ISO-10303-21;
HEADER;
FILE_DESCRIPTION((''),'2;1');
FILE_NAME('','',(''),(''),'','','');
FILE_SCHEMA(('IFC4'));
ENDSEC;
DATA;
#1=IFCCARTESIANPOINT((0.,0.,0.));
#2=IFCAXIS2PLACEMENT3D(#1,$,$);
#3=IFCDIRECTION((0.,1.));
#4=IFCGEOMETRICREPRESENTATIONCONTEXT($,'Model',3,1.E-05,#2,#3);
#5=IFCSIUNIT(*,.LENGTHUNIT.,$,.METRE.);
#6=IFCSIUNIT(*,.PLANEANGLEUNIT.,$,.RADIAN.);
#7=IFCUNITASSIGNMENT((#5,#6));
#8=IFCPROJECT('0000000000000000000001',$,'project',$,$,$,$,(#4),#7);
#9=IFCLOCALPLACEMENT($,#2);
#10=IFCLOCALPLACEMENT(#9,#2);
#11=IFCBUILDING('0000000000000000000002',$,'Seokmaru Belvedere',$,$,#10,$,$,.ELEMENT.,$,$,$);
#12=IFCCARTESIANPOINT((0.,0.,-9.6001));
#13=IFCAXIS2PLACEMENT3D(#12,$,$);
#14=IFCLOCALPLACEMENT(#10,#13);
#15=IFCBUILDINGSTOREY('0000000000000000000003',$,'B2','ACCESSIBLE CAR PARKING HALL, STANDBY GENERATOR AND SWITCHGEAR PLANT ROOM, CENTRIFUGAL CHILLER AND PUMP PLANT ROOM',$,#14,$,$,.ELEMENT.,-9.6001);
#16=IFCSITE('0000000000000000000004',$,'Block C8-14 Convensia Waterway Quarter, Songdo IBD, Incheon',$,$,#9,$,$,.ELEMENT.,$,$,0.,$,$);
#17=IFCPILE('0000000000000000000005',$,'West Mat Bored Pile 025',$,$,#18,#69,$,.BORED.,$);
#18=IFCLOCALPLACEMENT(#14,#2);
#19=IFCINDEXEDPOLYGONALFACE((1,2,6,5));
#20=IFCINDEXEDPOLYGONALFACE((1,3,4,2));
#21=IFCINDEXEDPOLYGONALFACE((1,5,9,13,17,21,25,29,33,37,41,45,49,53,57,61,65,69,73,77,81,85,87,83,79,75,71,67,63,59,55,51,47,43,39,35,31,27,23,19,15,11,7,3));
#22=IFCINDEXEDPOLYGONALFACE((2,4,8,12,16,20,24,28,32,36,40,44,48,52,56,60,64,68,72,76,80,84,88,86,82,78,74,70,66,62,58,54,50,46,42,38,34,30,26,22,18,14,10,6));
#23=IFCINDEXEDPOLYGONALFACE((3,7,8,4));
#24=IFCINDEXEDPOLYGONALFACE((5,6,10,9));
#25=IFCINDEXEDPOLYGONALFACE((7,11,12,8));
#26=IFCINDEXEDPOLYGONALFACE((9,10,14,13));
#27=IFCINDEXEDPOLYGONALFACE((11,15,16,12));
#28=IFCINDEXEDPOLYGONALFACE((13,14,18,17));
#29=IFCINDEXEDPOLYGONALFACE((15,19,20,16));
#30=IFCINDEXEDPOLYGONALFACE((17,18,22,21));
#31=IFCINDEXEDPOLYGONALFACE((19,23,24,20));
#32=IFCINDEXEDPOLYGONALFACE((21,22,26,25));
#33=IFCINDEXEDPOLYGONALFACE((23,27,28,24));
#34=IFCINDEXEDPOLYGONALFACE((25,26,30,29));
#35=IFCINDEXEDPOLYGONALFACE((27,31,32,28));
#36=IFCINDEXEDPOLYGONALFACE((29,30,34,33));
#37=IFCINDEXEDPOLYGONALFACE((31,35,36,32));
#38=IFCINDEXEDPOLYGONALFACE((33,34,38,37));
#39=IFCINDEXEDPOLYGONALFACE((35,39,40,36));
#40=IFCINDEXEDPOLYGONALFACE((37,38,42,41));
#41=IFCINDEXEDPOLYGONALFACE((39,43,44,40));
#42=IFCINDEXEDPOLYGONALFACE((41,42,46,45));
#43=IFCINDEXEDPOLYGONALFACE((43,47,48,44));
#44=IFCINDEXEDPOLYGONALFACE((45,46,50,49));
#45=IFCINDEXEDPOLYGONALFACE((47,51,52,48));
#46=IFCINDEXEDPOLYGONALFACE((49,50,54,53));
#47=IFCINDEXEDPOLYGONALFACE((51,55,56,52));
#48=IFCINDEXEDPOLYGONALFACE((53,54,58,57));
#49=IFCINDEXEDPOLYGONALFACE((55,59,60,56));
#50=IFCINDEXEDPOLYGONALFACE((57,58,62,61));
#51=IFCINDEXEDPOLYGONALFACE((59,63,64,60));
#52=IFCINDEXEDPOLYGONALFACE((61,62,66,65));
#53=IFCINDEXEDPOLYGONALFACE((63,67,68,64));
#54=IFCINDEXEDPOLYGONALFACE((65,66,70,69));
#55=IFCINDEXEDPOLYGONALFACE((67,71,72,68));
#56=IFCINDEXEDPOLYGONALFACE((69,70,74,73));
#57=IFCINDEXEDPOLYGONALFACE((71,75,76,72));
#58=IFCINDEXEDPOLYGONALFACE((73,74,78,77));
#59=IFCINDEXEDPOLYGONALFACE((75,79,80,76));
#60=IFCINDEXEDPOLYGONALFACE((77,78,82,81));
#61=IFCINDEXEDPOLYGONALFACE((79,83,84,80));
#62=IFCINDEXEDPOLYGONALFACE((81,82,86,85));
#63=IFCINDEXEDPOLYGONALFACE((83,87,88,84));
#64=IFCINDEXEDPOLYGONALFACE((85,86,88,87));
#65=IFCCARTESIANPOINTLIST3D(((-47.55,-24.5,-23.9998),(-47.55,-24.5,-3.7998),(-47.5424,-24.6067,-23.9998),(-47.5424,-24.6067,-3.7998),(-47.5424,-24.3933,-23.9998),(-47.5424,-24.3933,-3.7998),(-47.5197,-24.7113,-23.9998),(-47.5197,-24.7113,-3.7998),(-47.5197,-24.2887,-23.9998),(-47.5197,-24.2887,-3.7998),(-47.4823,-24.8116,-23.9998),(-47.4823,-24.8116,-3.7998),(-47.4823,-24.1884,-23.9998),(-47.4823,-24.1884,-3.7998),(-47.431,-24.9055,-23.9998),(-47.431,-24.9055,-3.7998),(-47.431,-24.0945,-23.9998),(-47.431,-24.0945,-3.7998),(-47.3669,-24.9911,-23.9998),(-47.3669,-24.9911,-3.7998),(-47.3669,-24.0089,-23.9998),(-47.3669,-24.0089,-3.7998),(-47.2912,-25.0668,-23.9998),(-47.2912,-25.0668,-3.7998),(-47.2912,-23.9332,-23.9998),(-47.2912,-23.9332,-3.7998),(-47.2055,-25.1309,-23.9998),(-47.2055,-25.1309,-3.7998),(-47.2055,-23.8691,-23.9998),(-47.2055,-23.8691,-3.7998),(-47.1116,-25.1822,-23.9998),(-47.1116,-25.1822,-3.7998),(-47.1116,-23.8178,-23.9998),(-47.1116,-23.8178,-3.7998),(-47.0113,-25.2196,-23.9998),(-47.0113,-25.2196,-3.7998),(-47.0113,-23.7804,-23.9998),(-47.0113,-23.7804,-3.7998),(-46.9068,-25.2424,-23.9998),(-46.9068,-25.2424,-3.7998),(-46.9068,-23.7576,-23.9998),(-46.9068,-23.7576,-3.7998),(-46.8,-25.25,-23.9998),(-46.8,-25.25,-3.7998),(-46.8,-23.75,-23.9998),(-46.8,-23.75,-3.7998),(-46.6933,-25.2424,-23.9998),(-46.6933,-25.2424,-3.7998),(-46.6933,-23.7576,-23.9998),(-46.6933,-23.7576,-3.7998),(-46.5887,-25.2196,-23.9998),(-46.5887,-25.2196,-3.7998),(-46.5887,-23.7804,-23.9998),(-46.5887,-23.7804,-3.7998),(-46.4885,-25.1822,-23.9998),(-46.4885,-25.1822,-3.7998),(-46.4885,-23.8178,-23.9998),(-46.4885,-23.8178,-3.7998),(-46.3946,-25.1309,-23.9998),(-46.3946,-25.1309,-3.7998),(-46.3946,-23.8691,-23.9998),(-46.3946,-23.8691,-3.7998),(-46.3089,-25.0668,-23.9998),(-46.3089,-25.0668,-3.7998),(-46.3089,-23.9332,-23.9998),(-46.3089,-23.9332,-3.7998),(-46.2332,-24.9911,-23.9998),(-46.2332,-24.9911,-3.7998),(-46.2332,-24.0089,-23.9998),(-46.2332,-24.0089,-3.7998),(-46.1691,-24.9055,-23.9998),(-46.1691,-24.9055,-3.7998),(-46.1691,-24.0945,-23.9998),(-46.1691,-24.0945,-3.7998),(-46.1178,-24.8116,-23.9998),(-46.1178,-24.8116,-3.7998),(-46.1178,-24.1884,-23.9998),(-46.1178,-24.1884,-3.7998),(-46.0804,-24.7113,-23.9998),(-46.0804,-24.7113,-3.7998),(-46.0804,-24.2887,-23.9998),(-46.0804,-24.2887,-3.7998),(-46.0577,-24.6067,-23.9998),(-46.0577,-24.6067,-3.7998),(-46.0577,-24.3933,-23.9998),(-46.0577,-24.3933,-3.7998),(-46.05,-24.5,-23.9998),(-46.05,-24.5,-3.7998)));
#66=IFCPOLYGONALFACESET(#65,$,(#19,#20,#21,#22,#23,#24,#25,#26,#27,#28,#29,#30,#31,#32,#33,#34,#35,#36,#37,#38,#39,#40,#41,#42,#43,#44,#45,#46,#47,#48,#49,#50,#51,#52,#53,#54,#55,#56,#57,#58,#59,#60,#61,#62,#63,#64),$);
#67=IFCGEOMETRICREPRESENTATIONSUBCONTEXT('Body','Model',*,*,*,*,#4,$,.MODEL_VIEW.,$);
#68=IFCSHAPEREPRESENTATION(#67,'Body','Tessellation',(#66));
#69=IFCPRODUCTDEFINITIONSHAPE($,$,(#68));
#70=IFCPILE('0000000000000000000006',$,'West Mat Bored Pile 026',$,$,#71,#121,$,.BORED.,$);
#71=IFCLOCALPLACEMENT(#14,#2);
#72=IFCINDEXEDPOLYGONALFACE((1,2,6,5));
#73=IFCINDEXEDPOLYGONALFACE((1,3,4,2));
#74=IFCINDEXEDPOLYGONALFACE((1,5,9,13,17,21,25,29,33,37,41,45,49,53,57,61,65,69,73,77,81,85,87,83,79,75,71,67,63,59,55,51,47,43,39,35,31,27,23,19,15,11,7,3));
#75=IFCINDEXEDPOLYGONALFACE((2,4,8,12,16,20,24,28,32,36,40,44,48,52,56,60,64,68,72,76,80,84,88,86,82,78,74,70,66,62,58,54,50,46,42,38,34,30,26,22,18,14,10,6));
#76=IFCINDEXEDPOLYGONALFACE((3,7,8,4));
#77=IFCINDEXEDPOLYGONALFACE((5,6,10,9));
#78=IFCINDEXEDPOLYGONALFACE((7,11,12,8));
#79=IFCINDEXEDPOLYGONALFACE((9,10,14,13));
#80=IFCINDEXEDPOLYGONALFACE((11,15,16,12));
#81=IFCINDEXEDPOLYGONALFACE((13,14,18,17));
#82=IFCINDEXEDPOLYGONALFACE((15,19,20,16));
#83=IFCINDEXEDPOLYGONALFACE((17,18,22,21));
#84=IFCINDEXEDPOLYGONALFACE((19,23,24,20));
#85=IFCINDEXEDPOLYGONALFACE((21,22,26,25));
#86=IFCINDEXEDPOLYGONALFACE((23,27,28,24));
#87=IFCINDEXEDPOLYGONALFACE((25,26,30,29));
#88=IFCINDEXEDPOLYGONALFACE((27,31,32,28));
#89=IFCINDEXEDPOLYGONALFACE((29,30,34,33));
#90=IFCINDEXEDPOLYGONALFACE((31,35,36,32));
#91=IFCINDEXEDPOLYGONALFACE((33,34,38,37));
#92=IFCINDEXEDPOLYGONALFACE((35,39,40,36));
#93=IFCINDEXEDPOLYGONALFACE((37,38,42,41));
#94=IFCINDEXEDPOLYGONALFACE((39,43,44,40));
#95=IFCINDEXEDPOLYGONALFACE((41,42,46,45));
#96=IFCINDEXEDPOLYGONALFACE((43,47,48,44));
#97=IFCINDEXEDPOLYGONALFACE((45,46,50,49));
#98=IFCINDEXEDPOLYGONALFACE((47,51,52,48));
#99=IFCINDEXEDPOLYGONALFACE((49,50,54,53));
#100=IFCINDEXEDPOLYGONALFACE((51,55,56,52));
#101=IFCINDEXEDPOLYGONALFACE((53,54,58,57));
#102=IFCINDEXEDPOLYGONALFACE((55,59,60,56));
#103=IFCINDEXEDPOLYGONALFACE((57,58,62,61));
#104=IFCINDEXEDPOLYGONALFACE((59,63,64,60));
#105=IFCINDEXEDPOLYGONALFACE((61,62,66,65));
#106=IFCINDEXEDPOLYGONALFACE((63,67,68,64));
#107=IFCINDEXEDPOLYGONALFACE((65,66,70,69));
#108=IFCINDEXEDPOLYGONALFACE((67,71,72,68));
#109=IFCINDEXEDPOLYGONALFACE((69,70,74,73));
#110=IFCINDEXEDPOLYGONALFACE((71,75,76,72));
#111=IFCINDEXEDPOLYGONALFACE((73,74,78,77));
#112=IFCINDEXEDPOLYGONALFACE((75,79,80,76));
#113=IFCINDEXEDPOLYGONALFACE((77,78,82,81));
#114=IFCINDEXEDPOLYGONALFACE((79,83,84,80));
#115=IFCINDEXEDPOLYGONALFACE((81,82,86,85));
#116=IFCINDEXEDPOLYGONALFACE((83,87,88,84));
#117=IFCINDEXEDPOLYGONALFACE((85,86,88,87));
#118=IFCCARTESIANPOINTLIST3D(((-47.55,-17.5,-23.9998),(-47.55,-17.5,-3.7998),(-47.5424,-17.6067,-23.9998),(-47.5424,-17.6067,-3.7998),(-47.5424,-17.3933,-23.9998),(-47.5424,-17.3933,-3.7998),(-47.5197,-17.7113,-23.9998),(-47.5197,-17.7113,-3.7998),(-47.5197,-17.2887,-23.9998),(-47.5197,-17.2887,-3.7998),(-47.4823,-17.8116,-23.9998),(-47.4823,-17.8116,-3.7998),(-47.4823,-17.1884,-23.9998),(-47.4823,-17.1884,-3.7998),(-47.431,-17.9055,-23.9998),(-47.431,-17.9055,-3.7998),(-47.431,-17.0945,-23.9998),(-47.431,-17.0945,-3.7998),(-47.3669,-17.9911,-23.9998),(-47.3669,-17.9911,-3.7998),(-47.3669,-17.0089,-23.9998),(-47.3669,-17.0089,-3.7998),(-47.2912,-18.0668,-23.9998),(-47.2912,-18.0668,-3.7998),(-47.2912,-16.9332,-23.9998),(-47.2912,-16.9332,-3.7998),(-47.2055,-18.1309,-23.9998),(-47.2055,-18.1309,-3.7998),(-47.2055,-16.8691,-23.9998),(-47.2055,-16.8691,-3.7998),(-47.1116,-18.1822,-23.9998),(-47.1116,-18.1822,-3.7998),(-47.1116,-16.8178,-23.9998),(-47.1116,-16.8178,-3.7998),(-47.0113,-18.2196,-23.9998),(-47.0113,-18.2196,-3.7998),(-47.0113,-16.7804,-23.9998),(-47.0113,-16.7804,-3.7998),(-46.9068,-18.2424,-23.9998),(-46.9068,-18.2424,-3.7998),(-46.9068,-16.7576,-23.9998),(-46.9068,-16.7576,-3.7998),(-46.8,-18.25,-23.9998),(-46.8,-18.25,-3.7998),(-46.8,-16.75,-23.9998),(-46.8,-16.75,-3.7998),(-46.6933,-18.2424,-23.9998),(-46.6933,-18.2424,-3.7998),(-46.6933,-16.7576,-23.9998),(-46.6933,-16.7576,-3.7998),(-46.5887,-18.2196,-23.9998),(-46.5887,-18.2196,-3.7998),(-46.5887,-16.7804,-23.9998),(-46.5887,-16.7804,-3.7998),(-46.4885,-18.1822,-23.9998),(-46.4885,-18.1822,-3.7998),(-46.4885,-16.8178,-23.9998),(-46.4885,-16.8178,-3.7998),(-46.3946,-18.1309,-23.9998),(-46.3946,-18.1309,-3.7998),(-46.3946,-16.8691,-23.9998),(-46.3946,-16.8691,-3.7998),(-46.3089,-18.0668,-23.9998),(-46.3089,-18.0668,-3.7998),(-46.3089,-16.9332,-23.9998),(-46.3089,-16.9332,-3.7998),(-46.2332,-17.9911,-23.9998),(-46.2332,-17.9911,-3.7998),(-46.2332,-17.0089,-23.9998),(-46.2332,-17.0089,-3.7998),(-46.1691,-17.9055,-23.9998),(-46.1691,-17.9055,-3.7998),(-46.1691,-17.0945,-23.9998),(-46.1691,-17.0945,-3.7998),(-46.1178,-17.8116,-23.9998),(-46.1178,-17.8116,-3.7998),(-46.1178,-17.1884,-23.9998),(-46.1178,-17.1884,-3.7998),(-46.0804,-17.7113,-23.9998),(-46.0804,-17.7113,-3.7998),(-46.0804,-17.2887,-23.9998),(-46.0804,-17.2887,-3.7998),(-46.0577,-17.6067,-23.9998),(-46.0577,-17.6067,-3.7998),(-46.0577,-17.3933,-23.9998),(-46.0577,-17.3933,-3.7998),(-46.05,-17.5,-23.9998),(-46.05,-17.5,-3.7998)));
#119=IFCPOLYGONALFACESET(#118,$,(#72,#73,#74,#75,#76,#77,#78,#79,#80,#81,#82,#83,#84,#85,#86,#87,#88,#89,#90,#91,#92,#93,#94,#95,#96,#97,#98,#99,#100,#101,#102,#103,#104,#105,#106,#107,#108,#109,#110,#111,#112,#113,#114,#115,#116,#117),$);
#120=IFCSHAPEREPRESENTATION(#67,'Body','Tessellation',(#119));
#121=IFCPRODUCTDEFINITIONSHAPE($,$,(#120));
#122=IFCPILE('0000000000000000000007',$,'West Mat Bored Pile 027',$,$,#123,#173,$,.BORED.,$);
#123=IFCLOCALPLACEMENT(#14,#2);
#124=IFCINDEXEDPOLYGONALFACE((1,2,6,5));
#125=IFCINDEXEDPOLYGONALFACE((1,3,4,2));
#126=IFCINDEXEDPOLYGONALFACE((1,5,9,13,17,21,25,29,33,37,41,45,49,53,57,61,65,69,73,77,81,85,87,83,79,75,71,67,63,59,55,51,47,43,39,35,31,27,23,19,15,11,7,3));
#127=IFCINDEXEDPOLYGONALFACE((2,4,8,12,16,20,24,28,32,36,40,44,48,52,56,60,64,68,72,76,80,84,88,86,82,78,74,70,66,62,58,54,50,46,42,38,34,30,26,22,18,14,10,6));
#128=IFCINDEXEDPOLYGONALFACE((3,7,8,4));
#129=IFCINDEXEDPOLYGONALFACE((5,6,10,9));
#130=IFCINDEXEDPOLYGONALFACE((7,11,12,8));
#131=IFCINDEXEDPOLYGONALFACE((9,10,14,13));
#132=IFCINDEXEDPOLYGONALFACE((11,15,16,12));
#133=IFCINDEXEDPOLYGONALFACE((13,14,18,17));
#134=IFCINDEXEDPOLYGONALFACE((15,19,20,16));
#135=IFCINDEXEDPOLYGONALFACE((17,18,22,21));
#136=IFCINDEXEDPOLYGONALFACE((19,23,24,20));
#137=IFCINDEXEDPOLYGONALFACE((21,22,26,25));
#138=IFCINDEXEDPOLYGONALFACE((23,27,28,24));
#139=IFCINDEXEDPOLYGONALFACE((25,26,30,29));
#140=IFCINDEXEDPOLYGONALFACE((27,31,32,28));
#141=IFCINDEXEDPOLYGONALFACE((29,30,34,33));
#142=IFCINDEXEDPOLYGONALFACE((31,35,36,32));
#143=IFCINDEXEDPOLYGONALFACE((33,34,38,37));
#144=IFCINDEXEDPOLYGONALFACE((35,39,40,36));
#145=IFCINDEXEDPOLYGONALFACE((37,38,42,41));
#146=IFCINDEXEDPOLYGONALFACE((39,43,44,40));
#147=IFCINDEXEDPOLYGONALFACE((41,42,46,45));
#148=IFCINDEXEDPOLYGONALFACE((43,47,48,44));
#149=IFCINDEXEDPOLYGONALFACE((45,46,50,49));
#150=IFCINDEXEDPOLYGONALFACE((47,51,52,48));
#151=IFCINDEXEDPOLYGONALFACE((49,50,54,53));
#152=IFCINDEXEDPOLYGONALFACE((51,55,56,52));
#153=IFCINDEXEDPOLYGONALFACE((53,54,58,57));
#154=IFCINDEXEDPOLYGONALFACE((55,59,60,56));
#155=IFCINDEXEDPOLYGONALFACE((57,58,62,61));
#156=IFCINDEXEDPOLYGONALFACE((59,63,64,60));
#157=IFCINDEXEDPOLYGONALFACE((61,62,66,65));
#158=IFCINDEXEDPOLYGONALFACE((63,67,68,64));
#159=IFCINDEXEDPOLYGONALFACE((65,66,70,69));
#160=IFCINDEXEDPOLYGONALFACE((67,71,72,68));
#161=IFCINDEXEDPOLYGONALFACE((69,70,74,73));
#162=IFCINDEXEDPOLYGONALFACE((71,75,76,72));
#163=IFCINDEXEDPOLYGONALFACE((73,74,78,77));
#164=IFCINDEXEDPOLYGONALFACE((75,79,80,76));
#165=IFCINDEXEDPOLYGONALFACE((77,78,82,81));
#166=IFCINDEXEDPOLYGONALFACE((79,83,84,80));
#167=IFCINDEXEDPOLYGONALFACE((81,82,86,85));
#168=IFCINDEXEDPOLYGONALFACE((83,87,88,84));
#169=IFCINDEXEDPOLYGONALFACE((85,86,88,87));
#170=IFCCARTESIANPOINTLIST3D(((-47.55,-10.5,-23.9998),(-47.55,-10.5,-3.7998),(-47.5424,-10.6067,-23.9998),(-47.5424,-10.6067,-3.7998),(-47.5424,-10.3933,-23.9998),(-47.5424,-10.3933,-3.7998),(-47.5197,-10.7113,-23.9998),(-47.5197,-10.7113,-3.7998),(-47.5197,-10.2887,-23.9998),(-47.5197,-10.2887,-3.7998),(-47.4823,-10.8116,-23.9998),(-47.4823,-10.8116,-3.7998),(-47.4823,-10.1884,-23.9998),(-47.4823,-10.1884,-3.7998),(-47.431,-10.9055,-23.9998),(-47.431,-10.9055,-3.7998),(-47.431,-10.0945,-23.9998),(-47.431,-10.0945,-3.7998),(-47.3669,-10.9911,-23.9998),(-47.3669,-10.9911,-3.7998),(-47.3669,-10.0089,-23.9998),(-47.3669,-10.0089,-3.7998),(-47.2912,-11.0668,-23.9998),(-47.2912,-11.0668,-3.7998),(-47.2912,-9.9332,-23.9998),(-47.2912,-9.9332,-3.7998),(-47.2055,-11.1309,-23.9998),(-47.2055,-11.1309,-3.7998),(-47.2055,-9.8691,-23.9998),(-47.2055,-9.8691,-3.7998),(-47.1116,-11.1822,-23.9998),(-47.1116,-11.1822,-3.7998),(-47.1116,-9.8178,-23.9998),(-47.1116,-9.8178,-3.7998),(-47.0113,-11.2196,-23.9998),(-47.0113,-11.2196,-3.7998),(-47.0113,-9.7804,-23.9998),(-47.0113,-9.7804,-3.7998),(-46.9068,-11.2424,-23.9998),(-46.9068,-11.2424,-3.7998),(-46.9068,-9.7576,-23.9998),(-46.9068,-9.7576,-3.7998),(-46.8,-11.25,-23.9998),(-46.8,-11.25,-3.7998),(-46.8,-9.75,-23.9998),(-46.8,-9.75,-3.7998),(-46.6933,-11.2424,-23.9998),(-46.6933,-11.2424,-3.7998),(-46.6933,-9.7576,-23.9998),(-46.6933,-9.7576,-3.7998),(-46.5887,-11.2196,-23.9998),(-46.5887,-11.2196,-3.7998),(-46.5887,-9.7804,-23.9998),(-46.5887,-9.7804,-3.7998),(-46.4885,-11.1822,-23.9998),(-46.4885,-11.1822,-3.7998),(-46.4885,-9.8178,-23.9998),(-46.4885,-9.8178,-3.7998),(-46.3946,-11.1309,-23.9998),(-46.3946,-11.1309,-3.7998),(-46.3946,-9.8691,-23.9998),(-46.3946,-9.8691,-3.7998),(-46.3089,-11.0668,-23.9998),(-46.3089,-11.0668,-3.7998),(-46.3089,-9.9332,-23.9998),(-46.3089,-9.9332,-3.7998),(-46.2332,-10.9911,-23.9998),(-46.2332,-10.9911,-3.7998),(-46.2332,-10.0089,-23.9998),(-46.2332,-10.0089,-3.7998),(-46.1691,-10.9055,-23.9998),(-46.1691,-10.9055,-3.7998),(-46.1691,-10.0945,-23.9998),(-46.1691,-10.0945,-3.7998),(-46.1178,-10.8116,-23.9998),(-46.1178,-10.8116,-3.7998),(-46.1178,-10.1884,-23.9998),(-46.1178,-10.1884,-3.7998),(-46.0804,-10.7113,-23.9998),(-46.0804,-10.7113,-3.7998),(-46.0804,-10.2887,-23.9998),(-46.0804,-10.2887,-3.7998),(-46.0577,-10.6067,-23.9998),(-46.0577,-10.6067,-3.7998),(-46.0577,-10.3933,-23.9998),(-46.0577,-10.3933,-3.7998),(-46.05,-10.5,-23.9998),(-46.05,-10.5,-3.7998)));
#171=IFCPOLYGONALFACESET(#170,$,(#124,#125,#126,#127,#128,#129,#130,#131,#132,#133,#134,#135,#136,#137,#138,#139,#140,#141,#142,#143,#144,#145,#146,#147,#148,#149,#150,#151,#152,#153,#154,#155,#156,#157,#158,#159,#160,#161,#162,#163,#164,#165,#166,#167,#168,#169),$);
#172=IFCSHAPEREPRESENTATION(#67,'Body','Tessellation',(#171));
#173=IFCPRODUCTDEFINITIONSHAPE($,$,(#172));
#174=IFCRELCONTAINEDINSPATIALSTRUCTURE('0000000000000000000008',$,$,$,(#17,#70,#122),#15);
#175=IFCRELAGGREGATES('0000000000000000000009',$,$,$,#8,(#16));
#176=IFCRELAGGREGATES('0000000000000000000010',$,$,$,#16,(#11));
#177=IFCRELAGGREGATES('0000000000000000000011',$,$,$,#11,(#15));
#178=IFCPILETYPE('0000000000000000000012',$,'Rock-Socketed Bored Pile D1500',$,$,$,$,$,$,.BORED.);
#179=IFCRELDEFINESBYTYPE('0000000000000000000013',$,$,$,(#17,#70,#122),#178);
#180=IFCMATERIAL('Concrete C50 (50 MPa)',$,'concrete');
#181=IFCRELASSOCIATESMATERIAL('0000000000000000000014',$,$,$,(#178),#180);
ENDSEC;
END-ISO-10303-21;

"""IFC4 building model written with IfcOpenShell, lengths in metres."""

from ifc_helpers import new_model, si_unit, direction, frame, origin, origin_2d, place, context, subcontext, project, spatial, circle, extrude, source, transform, mapped, material, material_profile, profile_set, type_object, type_shapes, element, save


model = new_model("IFC4")

# Units and contexts
model_context = context("Model", 3, precision=1e-05, world=origin(), true_north=direction((0.0, 1.0)))
body_context = subcontext(model_context, "Body", "Model", "MODEL_VIEW")
ifc_project = project(units=[si_unit("LENGTHUNIT", "METRE"), si_unit("PLANEANGLEUNIT", "RADIAN")], contexts=[model_context])

# Site, building, storey
site_placement = place(None, origin())
site = spatial("IfcSite", under=ifc_project, at=site_placement, Name="Block C8-14 Convensia Waterway Quarter, Songdo IBD, Incheon", CompositionType="ELEMENT", RefElevation=0.0)
building_placement = place(site_placement, origin())
building = spatial("IfcBuilding", under=site, at=building_placement, Name="Seokmaru Belvedere", CompositionType="ELEMENT")
storey_placement = place(building_placement, frame((0.0, 0.0, -9.6001)))
storey = spatial("IfcBuildingStorey", under=building, at=storey_placement, Name="B2", Description="ACCESSIBLE CAR PARKING HALL, STANDBY GENERATOR AND SWITCHGEAR PLANT ROOM, CENTRIFUGAL CHILLER AND PUMP PLANT ROOM", CompositionType="ELEMENT", Elevation=-9.6001)

# Piles
ifc_material_1 = material(Name="Concrete C50 (50 MPa)", Category="concrete")
ifc_material_profile_1 = material_profile(ifc_material_1, circle(Radius=0.75, at=origin_2d()), Name="PILE-D1500")
ifc_profile_set_1 = profile_set([ifc_material_profile_1], Name="Concrete C50 (50 MPa)")
pile_type_1 = type_object("IfcPileType", Name="Rock-Socketed Bored Pile D1500", PredefinedType="BORED", material=ifc_profile_set_1)
shared_shape_1 = source(origin(), body_context, "Body", "SweptSolid", [
    extrude(circle(Radius=0.75, at=origin_2d()), origin(), (0.0, 0.0, 1.0), 20.2),
])
type_shapes(pile_type_1, [shared_shape_1])
for number, where, z_axis, x_axis, name in (
    (1, (-46.8, -24.5, -3.7998), (0.0, 0.0, -1.0), (1.0, 0.0, 0.0), "West Mat Bored Pile 025"),
    (2, (-46.8, -17.5, -3.7998), (0.0, 0.0, -1.0), (1.0, 0.0, 0.0), "West Mat Bored Pile 026"),
    (3, (-46.8, -10.5, -3.7998), (0.0, 0.0, -1.0), (1.0, 0.0, 0.0), "West Mat Bored Pile 027"),
):
    element("IfcPile", number, at=place(storey_placement, frame(where, z_axis=z_axis, x_axis=x_axis)), inside=storey, type_object=pile_type_1, Name=name, PredefinedType="BORED", context=body_context, shape_type="MappedRepresentation", body=[
        mapped(shared_shape_1, transform((0.0, 0.0, 0.0), scale=1.0)),
    ])

save(model, "model.ifc")
